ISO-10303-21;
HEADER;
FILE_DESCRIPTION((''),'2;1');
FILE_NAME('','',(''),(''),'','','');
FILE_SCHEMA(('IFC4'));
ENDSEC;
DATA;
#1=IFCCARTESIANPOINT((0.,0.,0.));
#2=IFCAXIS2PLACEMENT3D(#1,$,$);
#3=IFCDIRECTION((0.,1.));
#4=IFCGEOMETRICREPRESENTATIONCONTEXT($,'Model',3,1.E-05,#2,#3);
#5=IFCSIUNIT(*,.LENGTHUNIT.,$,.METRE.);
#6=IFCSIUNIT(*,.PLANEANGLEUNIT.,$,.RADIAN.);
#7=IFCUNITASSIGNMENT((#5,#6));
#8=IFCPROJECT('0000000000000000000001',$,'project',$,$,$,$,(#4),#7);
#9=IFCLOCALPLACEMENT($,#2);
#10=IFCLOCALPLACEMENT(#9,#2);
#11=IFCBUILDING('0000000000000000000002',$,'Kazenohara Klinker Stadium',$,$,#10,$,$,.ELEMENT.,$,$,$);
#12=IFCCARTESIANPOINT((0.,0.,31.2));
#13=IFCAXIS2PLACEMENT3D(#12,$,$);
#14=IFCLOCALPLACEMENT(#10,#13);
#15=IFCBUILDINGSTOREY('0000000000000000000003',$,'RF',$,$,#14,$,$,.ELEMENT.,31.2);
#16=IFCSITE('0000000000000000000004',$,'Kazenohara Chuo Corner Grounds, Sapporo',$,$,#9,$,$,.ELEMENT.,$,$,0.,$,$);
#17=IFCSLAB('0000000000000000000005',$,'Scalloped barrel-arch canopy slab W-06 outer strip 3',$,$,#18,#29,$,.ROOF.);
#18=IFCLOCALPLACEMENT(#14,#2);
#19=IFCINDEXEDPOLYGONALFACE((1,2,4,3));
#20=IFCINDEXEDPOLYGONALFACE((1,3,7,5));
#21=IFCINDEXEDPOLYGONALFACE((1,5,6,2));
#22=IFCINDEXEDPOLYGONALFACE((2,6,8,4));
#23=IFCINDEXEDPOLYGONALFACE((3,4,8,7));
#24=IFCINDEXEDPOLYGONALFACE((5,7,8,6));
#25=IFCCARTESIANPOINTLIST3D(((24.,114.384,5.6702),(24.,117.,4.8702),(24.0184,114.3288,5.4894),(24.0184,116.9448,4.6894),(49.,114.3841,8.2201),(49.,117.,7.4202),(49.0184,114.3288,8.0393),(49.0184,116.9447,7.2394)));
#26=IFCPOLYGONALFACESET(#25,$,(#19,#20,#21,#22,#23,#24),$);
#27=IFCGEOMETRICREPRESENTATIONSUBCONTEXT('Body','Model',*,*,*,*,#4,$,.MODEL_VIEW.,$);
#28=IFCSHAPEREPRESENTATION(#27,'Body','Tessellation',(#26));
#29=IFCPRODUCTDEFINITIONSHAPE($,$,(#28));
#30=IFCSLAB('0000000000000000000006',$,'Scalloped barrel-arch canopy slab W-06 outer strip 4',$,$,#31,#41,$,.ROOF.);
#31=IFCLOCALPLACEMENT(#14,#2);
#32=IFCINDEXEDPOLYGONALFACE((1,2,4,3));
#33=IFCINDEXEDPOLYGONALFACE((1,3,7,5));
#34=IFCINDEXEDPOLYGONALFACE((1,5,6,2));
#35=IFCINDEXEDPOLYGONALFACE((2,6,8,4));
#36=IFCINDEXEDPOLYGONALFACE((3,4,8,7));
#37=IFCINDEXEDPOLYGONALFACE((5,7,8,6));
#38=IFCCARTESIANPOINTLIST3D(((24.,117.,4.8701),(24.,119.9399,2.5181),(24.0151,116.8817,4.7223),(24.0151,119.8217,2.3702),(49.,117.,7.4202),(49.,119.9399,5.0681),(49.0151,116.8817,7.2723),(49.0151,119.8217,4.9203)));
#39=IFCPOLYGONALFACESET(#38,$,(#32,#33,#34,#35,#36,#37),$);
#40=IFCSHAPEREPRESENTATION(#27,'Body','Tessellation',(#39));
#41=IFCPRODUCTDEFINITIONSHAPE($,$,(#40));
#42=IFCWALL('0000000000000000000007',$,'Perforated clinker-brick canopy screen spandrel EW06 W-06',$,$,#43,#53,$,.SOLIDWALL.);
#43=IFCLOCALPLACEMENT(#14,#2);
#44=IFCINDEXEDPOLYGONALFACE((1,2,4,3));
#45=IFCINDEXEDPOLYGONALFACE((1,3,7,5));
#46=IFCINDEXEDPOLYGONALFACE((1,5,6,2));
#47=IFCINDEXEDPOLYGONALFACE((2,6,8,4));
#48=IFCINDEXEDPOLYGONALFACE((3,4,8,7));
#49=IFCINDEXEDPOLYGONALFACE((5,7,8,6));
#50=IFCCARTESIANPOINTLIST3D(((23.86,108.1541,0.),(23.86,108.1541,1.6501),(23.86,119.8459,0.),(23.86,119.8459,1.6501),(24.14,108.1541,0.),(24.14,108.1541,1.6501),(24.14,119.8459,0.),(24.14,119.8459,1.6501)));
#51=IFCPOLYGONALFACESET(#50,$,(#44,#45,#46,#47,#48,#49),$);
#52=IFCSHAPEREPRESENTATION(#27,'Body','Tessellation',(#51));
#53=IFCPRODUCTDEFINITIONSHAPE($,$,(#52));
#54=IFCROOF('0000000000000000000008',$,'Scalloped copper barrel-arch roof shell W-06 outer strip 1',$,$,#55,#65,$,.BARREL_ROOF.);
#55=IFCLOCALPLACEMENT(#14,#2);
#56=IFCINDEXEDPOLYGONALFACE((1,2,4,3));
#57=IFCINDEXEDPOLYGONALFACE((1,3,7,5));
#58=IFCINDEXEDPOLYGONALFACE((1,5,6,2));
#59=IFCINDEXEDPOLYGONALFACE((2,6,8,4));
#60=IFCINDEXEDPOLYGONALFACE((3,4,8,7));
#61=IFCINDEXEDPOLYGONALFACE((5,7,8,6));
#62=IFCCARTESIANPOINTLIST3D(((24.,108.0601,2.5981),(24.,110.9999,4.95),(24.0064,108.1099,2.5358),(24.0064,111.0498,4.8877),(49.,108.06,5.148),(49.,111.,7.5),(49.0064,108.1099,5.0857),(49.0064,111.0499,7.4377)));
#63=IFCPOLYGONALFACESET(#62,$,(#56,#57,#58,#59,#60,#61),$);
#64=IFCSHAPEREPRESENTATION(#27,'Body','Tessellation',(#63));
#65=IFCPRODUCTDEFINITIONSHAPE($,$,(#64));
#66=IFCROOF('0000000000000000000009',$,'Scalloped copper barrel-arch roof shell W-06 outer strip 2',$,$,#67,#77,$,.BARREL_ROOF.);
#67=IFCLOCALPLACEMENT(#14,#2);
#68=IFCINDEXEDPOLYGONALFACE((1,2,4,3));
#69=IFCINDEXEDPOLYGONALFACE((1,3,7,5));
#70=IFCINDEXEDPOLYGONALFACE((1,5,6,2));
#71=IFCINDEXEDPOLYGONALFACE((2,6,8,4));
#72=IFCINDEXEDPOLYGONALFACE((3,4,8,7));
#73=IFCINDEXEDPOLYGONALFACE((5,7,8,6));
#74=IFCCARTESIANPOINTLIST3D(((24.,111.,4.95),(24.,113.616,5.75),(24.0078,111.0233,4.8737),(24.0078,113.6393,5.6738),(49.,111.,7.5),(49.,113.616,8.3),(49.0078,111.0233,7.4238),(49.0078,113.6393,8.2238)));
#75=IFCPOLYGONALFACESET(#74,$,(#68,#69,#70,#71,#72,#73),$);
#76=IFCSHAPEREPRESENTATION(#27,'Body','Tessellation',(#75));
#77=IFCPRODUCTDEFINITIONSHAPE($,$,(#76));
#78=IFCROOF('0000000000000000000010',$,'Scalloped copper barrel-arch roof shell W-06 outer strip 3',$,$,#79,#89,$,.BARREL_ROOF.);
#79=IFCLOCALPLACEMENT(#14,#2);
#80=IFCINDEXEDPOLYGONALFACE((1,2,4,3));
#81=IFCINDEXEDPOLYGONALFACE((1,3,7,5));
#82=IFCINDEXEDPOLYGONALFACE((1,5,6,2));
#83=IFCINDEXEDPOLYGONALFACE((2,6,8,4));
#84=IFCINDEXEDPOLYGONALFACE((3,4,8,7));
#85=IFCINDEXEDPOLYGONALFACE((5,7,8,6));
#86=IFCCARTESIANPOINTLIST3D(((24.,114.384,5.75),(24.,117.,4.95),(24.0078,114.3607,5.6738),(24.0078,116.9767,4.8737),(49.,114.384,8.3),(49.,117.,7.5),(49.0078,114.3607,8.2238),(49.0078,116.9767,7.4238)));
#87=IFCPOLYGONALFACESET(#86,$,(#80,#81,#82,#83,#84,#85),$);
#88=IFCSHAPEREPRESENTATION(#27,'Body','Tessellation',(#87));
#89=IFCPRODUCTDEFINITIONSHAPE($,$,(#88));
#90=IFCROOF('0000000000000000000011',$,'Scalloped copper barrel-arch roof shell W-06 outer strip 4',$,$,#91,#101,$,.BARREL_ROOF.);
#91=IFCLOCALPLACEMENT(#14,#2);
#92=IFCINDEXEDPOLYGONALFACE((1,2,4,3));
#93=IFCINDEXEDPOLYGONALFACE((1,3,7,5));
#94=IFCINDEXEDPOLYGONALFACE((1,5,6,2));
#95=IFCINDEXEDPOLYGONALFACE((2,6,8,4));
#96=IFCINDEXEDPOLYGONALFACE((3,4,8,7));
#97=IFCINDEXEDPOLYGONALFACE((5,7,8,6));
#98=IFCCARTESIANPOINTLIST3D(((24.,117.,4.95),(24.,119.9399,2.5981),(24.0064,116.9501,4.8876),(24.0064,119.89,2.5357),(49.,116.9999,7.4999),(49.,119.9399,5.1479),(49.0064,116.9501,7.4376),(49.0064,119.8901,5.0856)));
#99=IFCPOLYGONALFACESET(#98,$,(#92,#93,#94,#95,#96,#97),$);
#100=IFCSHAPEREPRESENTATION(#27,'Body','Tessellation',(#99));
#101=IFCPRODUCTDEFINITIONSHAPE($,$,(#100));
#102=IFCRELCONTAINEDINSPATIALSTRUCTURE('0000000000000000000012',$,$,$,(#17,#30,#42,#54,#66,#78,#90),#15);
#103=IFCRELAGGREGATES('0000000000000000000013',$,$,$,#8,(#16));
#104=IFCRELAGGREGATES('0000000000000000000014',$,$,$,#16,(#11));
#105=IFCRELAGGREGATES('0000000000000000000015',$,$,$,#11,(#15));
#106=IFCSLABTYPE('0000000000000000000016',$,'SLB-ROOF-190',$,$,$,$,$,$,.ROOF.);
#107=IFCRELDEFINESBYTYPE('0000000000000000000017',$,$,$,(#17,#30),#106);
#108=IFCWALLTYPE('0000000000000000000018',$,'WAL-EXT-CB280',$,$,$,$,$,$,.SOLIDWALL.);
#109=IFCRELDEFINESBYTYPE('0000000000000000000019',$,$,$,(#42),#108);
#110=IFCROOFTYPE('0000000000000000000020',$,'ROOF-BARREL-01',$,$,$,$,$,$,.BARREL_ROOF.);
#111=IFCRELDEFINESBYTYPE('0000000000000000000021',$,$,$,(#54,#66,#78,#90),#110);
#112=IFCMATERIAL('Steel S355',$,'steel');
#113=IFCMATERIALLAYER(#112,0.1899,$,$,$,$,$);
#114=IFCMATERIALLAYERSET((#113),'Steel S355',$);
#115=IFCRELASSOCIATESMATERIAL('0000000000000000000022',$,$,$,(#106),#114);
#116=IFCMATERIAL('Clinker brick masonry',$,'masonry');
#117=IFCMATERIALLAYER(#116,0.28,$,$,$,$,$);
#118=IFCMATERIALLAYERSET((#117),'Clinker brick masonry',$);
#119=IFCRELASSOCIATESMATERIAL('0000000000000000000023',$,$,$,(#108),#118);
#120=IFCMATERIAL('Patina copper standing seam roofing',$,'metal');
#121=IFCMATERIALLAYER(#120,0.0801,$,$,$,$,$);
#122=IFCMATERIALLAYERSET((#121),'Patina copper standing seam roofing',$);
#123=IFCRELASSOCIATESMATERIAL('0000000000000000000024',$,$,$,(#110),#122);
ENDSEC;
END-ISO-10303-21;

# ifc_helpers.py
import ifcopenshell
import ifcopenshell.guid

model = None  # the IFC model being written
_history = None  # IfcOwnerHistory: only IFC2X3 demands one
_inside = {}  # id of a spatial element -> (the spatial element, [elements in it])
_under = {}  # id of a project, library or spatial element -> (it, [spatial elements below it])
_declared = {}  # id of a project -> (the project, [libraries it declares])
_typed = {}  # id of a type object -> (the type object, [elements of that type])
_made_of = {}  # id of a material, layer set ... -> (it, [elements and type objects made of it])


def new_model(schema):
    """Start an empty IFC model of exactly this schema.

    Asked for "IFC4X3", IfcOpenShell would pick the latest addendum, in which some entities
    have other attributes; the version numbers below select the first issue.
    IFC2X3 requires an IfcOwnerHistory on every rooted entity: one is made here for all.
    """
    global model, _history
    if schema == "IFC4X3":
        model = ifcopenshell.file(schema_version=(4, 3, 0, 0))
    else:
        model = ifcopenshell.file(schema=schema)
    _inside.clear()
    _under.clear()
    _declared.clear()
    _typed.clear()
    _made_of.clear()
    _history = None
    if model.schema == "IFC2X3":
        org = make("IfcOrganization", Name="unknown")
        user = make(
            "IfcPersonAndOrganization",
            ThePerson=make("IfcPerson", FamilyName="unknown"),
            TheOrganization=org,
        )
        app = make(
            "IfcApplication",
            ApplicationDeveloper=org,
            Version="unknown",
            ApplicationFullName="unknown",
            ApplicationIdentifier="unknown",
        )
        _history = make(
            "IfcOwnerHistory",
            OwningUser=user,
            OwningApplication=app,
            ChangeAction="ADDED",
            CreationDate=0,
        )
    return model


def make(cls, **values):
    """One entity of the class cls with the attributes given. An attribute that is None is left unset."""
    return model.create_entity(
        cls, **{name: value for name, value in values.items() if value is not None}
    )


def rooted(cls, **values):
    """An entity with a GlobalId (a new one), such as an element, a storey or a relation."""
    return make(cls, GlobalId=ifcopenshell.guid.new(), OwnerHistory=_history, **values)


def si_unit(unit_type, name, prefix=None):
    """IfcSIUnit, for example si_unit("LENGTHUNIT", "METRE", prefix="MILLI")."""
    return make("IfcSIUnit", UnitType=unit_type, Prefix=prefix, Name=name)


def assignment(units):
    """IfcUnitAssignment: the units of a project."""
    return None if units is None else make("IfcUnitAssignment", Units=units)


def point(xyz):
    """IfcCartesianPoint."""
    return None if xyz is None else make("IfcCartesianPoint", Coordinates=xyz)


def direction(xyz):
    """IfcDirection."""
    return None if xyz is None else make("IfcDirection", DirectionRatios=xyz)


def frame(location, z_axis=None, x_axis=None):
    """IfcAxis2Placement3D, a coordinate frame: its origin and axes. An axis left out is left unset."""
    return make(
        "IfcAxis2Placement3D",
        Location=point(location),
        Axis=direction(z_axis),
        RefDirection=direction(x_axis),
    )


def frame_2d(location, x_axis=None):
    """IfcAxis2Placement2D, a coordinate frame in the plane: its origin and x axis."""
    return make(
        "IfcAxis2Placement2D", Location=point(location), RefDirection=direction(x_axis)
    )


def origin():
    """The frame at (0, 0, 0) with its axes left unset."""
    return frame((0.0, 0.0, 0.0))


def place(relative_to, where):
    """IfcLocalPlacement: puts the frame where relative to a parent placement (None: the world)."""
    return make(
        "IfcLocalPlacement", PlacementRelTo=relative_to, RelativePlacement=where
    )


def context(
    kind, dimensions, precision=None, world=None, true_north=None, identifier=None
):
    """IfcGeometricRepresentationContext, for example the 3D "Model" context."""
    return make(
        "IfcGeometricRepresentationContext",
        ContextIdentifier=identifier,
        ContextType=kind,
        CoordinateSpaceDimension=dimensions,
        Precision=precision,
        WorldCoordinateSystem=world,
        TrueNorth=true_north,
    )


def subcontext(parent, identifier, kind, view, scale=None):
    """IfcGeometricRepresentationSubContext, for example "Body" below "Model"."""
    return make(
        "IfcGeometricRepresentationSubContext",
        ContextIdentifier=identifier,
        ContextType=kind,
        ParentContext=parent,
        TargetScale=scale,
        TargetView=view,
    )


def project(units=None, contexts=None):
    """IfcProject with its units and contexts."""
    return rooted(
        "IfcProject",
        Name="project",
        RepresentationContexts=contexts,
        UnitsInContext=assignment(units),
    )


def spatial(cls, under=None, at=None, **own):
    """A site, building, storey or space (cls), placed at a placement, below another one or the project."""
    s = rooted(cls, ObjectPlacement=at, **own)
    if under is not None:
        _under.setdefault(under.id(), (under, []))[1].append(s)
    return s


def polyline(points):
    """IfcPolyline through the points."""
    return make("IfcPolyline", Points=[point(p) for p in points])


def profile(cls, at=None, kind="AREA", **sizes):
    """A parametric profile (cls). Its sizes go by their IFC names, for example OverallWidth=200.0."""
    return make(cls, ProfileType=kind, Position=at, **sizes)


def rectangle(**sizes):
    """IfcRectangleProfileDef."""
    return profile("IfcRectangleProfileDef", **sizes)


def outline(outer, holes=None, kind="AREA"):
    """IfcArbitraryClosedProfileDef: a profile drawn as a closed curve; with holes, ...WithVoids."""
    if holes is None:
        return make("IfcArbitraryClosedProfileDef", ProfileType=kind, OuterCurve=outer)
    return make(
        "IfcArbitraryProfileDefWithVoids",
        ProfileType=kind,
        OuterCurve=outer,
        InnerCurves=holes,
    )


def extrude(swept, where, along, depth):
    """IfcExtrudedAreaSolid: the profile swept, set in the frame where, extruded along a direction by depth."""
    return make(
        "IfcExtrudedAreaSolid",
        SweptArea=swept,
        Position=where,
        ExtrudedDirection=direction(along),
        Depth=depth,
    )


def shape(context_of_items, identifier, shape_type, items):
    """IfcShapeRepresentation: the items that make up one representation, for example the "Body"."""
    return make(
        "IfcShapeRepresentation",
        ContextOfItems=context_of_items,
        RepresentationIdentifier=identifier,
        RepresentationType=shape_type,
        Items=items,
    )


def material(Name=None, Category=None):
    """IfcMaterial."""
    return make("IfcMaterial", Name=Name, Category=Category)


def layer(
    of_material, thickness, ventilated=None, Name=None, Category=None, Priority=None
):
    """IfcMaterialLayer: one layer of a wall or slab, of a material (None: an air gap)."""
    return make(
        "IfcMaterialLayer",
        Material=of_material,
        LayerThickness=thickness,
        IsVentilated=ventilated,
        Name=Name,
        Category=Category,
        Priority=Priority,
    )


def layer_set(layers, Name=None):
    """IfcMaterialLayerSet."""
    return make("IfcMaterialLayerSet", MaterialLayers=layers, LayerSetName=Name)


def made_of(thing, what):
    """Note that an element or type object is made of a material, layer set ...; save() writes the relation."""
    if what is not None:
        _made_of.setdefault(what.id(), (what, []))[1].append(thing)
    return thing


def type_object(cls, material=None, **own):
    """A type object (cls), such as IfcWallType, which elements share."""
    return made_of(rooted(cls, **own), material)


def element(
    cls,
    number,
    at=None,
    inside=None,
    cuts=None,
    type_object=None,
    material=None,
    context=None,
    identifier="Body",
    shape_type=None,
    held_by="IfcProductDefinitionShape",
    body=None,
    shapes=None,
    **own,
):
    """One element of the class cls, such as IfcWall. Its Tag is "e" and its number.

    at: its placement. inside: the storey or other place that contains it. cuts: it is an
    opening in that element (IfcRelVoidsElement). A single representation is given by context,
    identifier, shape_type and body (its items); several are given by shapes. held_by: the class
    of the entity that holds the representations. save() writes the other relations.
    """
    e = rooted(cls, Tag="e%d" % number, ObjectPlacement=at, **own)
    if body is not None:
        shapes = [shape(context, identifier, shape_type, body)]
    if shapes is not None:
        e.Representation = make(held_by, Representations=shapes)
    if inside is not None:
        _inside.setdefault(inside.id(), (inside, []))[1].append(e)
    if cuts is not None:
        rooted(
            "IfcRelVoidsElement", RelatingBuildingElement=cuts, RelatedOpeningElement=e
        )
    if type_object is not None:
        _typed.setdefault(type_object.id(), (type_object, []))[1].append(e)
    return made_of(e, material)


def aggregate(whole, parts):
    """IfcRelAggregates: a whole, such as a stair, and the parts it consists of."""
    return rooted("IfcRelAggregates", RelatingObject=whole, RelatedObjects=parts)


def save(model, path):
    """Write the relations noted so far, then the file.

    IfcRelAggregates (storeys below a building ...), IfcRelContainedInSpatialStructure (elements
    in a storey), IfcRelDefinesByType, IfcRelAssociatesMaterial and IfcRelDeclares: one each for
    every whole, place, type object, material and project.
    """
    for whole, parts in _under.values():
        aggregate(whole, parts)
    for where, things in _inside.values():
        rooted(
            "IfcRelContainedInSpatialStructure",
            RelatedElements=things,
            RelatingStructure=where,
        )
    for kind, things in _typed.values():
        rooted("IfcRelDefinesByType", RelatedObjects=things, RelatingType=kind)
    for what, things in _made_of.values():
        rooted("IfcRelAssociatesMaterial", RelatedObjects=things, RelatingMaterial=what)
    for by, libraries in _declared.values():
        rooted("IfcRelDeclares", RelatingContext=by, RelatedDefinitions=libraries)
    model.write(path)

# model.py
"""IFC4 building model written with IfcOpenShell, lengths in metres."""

from ifc_helpers import new_model, si_unit, direction, frame, frame_2d, origin, place, context, subcontext, project, spatial, polyline, rectangle, outline, extrude, material, layer, layer_set, type_object, element, save


model = new_model("IFC4")

# Units and contexts
model_context = context("Model", 3, precision=1e-05, world=origin(), true_north=direction((0.0, 1.0)))
body_context = subcontext(model_context, "Body", "Model", "MODEL_VIEW")
ifc_project = project(units=[si_unit("LENGTHUNIT", "METRE"), si_unit("PLANEANGLEUNIT", "RADIAN")], contexts=[model_context])

# Site, building, storey
site_placement = place(None, origin())
site = spatial("IfcSite", under=ifc_project, at=site_placement, Name="Kazenohara Chuo Corner Grounds, Sapporo", CompositionType="ELEMENT", RefElevation=0.0)
building_placement = place(site_placement, origin())
building = spatial("IfcBuilding", under=site, at=building_placement, Name="Kazenohara Klinker Stadium", CompositionType="ELEMENT")
storey_placement = place(building_placement, frame((0.0, 0.0, 31.2)))
storey = spatial("IfcBuildingStorey", under=building, at=storey_placement, Name="RF", CompositionType="ELEMENT", Elevation=31.2)

# Shared definitions
ifc_material_1 = material(Name="Steel S355", Category="steel")

# Slabs
ifc_layer_1 = layer(ifc_material_1, 0.1899)
ifc_layer_set_1 = layer_set([ifc_layer_1], Name="Steel S355")
slab_type = type_object("IfcSlabType", Name="SLB-ROOF-190", PredefinedType="ROOF", material=ifc_layer_set_1)
slab_1_placement = place(storey_placement, frame((24.0, 114.384, 5.6702), z_axis=(-0.097078, 0.291039, 0.951773), x_axis=(0.994839, 0.000001, 0.10147)))
element("IfcSlab", 1, at=slab_1_placement, inside=storey, type_object=slab_type, Name="Scalloped barrel-arch canopy slab W-06 outer strip 3", PredefinedType="ROOF", context=body_context, shape_type="SweptSolid", body=[
    extrude(outline(polyline([(0.0, 0.0), (25.1297, 0.0), (25.0485, 2.7343), (-0.0812, 2.7344), (0.0, 0.0)])), origin(), (0.0, 0.0, -1.0), 0.1899),
])
slab_2_placement = place(storey_placement, frame((24.0, 117.0, 4.8701), z_axis=(-0.079397, 0.622739, 0.778391), x_axis=(0.994838, 0.0, 0.101475)))
element("IfcSlab", 2, at=slab_2_placement, inside=storey, type_object=slab_type, Name="Scalloped barrel-arch canopy slab W-06 outer strip 4", PredefinedType="ROOF", context=body_context, shape_type="SweptSolid", body=[
    extrude(outline(polyline([(0.0, 0.0), (25.1297, 0.0), (24.891, 3.7575), (-0.2387, 3.7575), (0.0, 0.0)])), origin(), (0.0, 0.0, -1.0), 0.1899),
])

# Wall
ifc_material_2 = material(Name="Clinker brick masonry", Category="masonry")
ifc_layer_2 = layer(ifc_material_2, 0.28)
ifc_layer_set_2 = layer_set([ifc_layer_2], Name="Clinker brick masonry")
wall_type = type_object("IfcWallType", Name="WAL-EXT-CB280", PredefinedType="SOLIDWALL", material=ifc_layer_set_2)
wall_placement = place(storey_placement, frame((24.0, 108.1541, 0.0), z_axis=(0.0, 0.0, 1.0), x_axis=(0.0, 1.0, 0.0)))
element("IfcWall", 3, at=wall_placement, inside=storey, type_object=wall_type, Name="Perforated clinker-brick canopy screen spandrel EW06 W-06", PredefinedType="SOLIDWALL", context=body_context, shape_type="SweptSolid", body=[
    extrude(rectangle(XDim=11.6919, YDim=0.28, at=frame_2d((5.8459, 0.0))), origin(), (0.0, 0.0, 1.0), 1.6501),
])

# Roofs
ifc_material_3 = material(Name="Patina copper standing seam roofing", Category="metal")
ifc_layer_3 = layer(ifc_material_3, 0.0801)
ifc_layer_set_3 = layer_set([ifc_layer_3], Name="Patina copper standing seam roofing")
roof_type = type_object("IfcRoofType", Name="ROOF-BARREL-01", PredefinedType="BARREL_ROOF", material=ifc_layer_set_3)
roof_1_placement = place(storey_placement, frame((24.0, 108.0601, 2.5981), z_axis=(-0.079395, -0.622719, 0.778407), x_axis=(0.994839, -0.000002, 0.101469)))
element("IfcRoof", 4, at=roof_1_placement, inside=storey, type_object=roof_type, Name="Scalloped copper barrel-arch roof shell W-06 outer strip 1", PredefinedType="BARREL_ROOF", context=body_context, shape_type="SweptSolid", body=[
    extrude(outline(polyline([(0.0, 0.0), (25.1297, 0.0), (25.3683, 3.7575), (0.2386, 3.7573), (0.0, 0.0)])), origin(), (0.0, 0.0, -1.0), 0.0801),
])
roof_2_placement = place(storey_placement, frame((24.0, 111.0, 4.95), z_axis=(-0.097081, -0.29108, 0.95176), x_axis=(0.994838, 0.0, 0.101475)))
element("IfcRoof", 5, at=roof_2_placement, inside=storey, type_object=roof_type, Name="Scalloped copper barrel-arch roof shell W-06 outer strip 2", PredefinedType="BARREL_ROOF", context=body_context, shape_type="SweptSolid", body=[
    extrude(outline(polyline([(0.0, 0.0), (25.1297, 0.0), (25.2109, 2.7344), (0.0812, 2.7344), (0.0, 0.0)])), origin(), (0.0, 0.0, -1.0), 0.0801),
])
roof_3_placement = place(storey_placement, frame((24.0, 114.384, 5.75), z_axis=(-0.097081, 0.29108, 0.95176), x_axis=(0.994838, 0.0, 0.101475)))
element("IfcRoof", 6, at=roof_3_placement, inside=storey, type_object=roof_type, Name="Scalloped copper barrel-arch roof shell W-06 outer strip 3", PredefinedType="BARREL_ROOF", context=body_context, shape_type="SweptSolid", body=[
    extrude(outline(polyline([(0.0, 0.0), (25.1297, 0.0), (25.0485, 2.7344), (-0.0812, 2.7344), (0.0, 0.0)])), origin(), (0.0, 0.0, -1.0), 0.0801),
])
roof_4_placement = place(storey_placement, frame((24.0, 117.0, 4.95), z_axis=(-0.079395, 0.622719, 0.778407), x_axis=(0.994838, -0.000002, 0.101472)))
element("IfcRoof", 7, at=roof_4_placement, inside=storey, type_object=roof_type, Name="Scalloped copper barrel-arch roof shell W-06 outer strip 4", PredefinedType="BARREL_ROOF", context=body_context, shape_type="SweptSolid", body=[
    extrude(outline(polyline([(0.0, 0.0), (25.1297, 0.0), (24.891, 3.7575), (-0.2387, 3.7573), (0.0, 0.0)])), origin(), (0.0, 0.0, -1.0), 0.0801),
])

save(model, "model.ifc")
